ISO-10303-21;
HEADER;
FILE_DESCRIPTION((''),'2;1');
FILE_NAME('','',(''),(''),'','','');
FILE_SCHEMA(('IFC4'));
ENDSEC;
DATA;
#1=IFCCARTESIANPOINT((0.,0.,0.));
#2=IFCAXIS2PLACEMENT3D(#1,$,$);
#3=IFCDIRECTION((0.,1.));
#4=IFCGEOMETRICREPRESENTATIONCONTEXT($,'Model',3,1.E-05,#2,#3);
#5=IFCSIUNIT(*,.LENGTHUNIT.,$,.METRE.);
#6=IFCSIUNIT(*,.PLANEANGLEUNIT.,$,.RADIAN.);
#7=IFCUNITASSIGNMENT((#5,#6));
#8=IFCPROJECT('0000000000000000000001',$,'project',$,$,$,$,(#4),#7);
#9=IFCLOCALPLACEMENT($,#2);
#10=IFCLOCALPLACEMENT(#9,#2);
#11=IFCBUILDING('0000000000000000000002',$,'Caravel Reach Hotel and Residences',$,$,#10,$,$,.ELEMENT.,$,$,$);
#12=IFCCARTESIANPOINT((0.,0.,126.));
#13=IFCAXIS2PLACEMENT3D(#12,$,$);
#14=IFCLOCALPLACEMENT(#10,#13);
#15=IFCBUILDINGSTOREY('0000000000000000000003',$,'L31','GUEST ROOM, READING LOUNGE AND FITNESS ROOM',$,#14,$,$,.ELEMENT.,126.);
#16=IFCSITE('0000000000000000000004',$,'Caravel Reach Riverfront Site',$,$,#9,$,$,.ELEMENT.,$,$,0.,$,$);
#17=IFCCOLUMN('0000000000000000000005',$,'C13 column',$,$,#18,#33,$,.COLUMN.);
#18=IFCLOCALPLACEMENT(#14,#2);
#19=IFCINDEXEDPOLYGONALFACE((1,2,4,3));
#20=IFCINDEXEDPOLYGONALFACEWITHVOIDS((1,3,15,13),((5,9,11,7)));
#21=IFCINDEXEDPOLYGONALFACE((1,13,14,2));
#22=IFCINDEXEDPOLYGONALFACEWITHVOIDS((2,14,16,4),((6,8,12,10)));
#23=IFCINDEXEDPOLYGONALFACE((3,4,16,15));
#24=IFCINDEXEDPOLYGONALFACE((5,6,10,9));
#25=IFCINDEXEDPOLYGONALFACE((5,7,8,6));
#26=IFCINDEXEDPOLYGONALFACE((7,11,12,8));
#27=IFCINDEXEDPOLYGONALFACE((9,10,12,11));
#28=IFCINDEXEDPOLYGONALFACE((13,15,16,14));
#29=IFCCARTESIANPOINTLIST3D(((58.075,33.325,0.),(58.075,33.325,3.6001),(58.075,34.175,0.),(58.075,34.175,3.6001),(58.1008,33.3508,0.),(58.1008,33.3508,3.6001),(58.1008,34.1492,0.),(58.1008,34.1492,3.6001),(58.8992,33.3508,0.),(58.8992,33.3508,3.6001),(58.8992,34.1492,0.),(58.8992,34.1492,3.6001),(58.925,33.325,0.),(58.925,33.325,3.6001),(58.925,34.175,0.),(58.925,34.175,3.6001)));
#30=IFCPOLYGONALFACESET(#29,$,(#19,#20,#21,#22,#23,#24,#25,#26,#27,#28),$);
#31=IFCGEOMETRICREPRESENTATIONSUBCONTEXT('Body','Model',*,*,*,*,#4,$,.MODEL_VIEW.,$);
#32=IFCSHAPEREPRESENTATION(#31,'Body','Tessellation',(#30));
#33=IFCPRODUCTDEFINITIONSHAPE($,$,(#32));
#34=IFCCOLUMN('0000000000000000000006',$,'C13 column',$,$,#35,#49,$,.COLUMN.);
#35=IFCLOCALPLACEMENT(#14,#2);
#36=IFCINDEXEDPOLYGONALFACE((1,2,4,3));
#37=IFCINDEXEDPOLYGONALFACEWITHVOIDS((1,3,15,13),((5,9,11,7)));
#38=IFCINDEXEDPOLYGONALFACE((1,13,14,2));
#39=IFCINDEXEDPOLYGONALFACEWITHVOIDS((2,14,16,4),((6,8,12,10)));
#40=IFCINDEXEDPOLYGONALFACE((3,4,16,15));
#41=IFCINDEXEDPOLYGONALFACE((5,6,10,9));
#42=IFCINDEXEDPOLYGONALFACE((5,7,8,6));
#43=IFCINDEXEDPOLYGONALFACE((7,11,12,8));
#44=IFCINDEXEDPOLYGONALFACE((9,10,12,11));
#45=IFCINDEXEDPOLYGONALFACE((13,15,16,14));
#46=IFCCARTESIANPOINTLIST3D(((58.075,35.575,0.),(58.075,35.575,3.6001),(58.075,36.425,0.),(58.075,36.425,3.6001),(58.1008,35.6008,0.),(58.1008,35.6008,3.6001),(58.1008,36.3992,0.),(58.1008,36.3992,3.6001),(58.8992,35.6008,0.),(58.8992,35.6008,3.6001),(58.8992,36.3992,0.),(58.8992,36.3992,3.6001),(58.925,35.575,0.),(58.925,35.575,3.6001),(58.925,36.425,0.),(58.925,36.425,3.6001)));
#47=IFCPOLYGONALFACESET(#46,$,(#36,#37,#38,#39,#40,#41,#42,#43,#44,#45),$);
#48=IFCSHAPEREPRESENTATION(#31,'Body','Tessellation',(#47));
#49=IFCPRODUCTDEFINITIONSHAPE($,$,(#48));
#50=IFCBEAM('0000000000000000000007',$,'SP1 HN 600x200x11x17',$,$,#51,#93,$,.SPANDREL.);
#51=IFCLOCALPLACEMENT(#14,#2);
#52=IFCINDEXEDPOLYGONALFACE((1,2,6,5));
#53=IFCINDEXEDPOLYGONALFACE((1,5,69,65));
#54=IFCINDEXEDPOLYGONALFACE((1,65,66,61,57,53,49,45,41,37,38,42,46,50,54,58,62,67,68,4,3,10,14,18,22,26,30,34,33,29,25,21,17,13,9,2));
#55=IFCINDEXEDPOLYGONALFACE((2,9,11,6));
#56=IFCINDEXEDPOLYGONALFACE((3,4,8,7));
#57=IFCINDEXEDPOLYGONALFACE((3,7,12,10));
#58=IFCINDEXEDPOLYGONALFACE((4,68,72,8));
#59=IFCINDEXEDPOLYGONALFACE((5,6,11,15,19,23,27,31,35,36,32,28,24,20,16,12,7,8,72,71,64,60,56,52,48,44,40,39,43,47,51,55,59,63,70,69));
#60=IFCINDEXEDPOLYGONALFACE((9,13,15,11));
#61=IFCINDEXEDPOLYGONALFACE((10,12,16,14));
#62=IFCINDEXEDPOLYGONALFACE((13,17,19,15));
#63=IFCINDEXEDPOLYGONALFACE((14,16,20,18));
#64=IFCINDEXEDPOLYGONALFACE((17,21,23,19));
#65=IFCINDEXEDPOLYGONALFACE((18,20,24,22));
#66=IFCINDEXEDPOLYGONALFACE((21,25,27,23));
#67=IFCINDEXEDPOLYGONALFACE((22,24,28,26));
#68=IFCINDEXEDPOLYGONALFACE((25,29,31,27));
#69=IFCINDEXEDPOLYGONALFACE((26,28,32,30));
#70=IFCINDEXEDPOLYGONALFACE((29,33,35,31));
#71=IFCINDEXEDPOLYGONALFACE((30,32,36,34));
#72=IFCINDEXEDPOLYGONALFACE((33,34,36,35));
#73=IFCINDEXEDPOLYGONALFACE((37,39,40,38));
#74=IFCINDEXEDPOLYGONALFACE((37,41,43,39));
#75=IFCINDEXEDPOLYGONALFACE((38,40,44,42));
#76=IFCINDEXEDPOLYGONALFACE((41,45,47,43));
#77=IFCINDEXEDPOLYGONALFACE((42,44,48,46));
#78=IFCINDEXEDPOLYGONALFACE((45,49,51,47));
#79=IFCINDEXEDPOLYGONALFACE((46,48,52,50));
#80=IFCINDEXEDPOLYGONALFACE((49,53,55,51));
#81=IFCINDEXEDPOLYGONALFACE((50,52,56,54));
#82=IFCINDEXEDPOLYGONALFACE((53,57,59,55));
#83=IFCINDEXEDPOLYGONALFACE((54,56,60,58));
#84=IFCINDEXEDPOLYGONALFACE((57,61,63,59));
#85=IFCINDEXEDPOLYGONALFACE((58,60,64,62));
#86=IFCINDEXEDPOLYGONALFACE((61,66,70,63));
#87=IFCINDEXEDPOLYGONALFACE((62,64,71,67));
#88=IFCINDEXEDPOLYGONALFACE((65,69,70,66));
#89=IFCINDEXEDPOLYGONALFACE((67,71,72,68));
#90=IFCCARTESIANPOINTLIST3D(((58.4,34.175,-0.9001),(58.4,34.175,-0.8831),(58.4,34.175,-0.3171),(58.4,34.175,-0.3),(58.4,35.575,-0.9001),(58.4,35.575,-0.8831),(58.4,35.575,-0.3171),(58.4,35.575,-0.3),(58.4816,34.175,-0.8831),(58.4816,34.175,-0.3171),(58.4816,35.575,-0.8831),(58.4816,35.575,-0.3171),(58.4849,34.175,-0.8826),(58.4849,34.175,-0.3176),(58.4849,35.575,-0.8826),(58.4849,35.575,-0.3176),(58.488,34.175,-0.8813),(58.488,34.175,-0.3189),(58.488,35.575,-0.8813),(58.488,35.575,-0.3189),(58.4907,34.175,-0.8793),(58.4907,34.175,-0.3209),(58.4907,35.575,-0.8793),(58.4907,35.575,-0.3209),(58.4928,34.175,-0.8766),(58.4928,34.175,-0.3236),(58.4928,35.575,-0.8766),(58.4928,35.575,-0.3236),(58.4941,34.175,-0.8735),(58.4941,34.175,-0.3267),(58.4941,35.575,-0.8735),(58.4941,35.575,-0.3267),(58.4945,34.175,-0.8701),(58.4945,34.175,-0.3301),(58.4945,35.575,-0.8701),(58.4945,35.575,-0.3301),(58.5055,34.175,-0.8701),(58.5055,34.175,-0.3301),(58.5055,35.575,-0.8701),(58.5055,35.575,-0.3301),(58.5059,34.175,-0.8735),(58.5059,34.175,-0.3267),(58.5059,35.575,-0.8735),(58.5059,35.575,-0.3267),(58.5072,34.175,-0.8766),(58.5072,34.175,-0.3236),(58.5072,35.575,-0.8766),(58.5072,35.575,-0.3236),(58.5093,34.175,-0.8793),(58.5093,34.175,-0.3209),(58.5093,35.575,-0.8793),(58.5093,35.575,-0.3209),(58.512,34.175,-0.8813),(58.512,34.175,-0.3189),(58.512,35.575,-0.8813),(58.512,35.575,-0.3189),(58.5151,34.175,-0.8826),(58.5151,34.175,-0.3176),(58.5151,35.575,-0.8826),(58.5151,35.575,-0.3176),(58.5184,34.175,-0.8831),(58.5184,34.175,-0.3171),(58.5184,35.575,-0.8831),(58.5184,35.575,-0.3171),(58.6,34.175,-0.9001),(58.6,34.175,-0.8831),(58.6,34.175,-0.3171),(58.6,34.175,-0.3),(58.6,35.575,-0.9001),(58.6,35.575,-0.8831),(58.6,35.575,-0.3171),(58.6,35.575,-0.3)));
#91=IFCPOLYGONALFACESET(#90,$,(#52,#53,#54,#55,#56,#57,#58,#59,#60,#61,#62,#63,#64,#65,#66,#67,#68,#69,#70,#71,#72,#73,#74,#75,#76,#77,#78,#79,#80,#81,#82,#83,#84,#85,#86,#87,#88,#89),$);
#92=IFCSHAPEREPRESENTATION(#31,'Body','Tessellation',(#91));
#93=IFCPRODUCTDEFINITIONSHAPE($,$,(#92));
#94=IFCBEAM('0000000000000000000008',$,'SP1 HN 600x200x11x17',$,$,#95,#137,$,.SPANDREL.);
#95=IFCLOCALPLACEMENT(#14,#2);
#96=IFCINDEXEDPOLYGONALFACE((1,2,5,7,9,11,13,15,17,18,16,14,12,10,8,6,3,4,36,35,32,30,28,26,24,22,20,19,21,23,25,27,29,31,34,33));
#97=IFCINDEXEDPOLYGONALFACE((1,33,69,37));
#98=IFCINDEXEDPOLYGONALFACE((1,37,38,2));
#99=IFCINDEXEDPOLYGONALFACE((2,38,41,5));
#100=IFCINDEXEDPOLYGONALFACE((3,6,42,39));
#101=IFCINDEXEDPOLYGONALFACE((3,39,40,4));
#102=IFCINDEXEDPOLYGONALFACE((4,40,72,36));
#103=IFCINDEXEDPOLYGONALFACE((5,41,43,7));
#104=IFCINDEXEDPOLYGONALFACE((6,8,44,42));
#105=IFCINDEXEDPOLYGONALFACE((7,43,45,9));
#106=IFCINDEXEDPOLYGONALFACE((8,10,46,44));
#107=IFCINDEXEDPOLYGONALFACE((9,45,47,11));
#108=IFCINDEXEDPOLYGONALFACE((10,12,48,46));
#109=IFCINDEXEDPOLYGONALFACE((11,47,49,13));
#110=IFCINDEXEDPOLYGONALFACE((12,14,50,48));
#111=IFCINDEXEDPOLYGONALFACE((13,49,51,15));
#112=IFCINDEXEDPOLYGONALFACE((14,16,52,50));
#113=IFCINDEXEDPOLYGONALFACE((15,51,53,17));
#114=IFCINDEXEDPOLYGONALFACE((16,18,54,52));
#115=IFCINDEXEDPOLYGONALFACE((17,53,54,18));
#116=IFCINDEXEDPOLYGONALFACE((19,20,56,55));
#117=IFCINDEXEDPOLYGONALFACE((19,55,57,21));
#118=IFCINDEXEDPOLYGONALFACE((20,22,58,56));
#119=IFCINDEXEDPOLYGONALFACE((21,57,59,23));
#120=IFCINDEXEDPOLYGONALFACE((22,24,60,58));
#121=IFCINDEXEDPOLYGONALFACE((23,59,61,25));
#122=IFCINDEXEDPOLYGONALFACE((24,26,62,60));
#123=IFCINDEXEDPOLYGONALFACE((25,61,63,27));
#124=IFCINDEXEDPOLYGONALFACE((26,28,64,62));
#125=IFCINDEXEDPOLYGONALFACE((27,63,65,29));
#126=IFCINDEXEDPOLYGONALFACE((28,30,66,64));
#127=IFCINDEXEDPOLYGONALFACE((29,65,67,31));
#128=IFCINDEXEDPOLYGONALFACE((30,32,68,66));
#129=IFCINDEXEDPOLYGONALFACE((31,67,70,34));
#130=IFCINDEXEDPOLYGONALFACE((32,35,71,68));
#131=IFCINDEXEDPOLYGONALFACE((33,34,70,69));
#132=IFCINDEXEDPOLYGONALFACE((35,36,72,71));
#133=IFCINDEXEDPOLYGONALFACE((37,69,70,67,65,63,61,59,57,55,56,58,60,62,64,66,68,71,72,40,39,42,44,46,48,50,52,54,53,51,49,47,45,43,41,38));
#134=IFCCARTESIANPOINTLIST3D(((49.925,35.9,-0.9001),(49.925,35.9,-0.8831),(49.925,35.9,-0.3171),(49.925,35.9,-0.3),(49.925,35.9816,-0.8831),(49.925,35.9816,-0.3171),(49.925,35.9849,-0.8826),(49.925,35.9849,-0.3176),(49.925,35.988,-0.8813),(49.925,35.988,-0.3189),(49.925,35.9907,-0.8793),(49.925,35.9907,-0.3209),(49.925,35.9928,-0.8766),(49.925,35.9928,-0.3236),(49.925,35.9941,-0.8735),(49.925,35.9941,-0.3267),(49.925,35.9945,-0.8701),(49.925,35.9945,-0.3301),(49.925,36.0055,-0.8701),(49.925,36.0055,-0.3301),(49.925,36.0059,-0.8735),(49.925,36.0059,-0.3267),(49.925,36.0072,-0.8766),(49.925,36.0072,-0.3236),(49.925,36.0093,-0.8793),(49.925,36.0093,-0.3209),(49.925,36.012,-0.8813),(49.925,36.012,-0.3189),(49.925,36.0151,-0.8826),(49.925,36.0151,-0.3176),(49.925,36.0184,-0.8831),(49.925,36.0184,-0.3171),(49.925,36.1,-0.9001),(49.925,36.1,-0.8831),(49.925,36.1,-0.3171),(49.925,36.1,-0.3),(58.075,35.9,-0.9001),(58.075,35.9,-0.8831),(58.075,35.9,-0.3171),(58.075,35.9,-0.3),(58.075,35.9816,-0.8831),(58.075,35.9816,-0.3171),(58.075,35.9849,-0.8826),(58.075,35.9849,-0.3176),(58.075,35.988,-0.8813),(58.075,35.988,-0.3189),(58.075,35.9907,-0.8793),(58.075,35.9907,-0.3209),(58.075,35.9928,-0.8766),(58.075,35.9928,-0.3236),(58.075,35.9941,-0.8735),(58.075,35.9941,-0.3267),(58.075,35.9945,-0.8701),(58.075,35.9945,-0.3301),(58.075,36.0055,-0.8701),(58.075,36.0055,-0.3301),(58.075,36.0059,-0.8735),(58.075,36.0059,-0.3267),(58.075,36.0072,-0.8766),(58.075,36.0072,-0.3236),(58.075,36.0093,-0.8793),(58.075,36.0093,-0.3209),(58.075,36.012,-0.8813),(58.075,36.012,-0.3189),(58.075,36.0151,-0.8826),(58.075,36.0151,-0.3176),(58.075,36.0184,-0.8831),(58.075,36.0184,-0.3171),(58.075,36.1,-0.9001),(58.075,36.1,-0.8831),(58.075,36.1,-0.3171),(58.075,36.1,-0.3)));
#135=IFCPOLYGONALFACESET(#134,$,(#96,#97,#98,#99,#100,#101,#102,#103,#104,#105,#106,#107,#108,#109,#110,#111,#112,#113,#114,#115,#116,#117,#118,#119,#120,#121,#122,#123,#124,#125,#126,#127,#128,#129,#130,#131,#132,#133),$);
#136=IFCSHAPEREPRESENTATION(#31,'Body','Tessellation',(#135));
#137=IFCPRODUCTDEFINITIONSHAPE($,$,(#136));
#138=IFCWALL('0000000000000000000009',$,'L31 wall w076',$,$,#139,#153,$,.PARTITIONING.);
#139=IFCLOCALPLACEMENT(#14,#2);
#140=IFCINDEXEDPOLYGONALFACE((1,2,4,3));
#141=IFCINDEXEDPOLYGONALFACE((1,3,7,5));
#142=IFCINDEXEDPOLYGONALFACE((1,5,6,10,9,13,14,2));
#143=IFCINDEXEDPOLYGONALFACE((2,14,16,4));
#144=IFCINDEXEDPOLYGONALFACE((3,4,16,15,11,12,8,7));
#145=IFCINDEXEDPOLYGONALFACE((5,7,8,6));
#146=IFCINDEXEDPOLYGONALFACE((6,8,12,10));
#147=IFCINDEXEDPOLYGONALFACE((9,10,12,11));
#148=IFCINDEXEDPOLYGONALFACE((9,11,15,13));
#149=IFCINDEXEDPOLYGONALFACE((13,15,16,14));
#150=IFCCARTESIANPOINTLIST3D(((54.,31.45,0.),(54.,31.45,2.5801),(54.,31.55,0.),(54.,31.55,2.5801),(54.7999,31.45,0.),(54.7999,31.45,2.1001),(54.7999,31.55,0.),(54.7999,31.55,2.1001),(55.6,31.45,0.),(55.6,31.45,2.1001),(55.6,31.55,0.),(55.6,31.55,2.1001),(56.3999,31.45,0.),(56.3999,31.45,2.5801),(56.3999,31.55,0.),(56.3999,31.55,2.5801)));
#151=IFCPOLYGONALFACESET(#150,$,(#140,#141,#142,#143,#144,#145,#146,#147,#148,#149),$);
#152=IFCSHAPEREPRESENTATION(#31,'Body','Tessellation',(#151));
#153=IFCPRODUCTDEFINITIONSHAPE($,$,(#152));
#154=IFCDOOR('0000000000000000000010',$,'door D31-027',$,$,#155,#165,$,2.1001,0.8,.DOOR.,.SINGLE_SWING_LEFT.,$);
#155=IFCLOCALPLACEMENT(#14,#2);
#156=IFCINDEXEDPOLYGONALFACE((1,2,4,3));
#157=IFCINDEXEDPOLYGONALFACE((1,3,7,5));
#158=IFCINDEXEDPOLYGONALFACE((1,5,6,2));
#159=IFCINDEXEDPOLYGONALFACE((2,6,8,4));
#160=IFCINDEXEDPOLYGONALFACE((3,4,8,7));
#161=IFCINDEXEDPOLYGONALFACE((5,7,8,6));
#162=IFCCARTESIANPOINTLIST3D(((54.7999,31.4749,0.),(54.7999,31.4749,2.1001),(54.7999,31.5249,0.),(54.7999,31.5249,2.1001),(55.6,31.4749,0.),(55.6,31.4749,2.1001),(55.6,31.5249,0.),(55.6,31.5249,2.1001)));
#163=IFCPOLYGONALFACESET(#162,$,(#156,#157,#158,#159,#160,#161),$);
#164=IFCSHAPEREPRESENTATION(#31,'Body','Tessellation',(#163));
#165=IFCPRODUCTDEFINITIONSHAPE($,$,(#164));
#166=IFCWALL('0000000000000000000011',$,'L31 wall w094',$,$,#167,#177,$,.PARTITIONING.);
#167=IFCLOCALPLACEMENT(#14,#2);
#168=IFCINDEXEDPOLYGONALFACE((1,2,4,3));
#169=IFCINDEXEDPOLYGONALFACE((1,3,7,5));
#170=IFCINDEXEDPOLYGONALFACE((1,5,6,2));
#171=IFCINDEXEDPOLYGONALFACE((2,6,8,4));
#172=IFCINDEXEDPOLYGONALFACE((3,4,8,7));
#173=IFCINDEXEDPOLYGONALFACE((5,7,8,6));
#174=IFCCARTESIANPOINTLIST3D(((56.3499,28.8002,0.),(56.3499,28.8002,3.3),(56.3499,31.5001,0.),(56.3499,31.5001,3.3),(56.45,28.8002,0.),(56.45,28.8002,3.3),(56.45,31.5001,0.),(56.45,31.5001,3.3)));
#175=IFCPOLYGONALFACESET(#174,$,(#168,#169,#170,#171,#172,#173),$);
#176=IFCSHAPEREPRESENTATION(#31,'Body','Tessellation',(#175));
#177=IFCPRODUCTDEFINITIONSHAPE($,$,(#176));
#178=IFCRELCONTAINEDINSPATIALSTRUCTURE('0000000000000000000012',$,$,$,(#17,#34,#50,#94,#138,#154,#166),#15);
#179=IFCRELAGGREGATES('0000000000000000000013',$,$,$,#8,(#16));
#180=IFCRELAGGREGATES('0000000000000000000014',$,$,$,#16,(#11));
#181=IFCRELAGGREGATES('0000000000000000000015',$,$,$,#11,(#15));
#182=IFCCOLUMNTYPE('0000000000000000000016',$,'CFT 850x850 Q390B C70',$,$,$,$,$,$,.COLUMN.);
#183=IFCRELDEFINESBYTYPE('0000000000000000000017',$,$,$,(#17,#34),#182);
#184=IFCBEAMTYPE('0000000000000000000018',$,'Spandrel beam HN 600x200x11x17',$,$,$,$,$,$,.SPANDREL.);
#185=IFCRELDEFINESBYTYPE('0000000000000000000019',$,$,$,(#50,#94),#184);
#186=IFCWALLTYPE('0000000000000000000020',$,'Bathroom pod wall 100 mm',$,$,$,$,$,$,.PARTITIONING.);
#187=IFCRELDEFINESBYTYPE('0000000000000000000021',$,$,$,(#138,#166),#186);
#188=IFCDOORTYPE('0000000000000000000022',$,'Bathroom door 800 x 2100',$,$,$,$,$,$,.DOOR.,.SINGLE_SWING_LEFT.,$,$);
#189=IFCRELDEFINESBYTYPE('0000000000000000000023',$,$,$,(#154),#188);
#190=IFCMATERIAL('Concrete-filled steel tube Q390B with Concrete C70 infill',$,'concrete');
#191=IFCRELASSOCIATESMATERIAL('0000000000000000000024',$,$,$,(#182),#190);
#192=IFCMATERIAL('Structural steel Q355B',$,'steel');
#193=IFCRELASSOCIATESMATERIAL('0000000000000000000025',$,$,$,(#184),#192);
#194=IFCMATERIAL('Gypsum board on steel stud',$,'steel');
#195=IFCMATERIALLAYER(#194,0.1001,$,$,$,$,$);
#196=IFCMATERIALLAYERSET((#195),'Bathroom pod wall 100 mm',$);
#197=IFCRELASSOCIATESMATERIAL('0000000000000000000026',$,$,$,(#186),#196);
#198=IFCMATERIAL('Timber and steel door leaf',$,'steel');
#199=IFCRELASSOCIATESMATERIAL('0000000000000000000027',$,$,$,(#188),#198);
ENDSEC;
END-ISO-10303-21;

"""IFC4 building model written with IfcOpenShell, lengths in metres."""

from ifc_helpers import new_model, si_unit, direction, frame, frame_2d, origin, origin_2d, place, context, subcontext, project, spatial, rectangle, hollow_rectangle, i_section, extrude, material, layer, layer_set, material_profile, profile_set, type_object, element, fill, save


model = new_model("IFC4")

# Units and contexts
model_context = context("Model", 3, precision=1e-05, world=origin(), true_north=direction((0.0, 1.0)))
body_context = subcontext(model_context, "Body", "Model", "MODEL_VIEW")
ifc_project = project(units=[si_unit("LENGTHUNIT", "METRE"), si_unit("PLANEANGLEUNIT", "RADIAN")], contexts=[model_context])

# Site, building, storey
site_placement = place(None, origin())
site = spatial("IfcSite", under=ifc_project, at=site_placement, Name="Caravel Reach Riverfront Site", CompositionType="ELEMENT", RefElevation=0.0)
building_placement = place(site_placement, origin())
building = spatial("IfcBuilding", under=site, at=building_placement, Name="Caravel Reach Hotel and Residences", CompositionType="ELEMENT")
storey_placement = place(building_placement, frame((0.0, 0.0, 126.0)))
storey = spatial("IfcBuildingStorey", under=building, at=storey_placement, Name="L31", Description="GUEST ROOM, READING LOUNGE AND FITNESS ROOM", CompositionType="ELEMENT", Elevation=126.0)

# Columns
ifc_material_1 = material(Name="Concrete-filled steel tube Q390B with Concrete C70 infill", Category="concrete")
ifc_material_profile_1 = material_profile(ifc_material_1, hollow_rectangle(XDim=0.8501, YDim=0.8501, WallThickness=0.0259, at=origin_2d()), Name="RHS 850x850x26")
ifc_profile_set_1 = profile_set([ifc_material_profile_1], Name="Concrete-filled steel tube Q390B with Concrete C70 infill")
column_type = type_object("IfcColumnType", Name="CFT 850x850 Q390B C70", PredefinedType="COLUMN", material=ifc_profile_set_1)
for number, where, z_axis, x_axis, name in (
    (1, (58.5, 33.75, 0.0), (0.0, 0.0, 1.0), (1.0, 0.0, 0.0), "C13 column"),
    (2, (58.5, 36.0, 0.0), (0.0, 0.0, 1.0), (1.0, 0.0, 0.0), "C13 column"),
):
    element("IfcColumn", number, at=place(storey_placement, frame(where, z_axis=z_axis, x_axis=x_axis)), inside=storey, type_object=column_type, Name=name, PredefinedType="COLUMN", context=body_context, shape_type="SweptSolid", body=[
        extrude(hollow_rectangle(XDim=0.8501, YDim=0.8501, WallThickness=0.0259, at=origin_2d()), origin(), (0.0, 0.0, 1.0), 3.6001),
    ])

# Beams
ifc_material_2 = material(Name="Structural steel Q355B", Category="steel")
ifc_material_profile_2 = material_profile(ifc_material_2, i_section(OverallWidth=0.2, OverallDepth=0.6001, WebThickness=0.011, FlangeThickness=0.0171, FilletRadius=0.0129, at=origin_2d()), Name="HN 600x200x11x17")
ifc_profile_set_2 = profile_set([ifc_material_profile_2], Name="Structural steel Q355B")
beam_type = type_object("IfcBeamType", Name="Spandrel beam HN 600x200x11x17", PredefinedType="SPANDREL", material=ifc_profile_set_2)
beam_1_placement = place(storey_placement, frame((58.5, 34.175, -0.6001), z_axis=(0.0, 1.0, 0.0), x_axis=(-1.0, 0.0, 0.0)))
element("IfcBeam", 3, at=beam_1_placement, inside=storey, type_object=beam_type, Name="SP1 HN 600x200x11x17", PredefinedType="SPANDREL", context=body_context, shape_type="SweptSolid", body=[
    extrude(i_section(OverallWidth=0.2, OverallDepth=0.6001, WebThickness=0.011, FlangeThickness=0.0171, FilletRadius=0.0129, at=origin_2d()), origin(), (0.0, 0.0, 1.0), 1.3999),
])
beam_2_placement = place(storey_placement, frame((58.075, 36.0, -0.6001), z_axis=(-1.0, 0.0, 0.0), x_axis=(0.0, -1.0, 0.0)))
element("IfcBeam", 4, at=beam_2_placement, inside=storey, type_object=beam_type, Name="SP1 HN 600x200x11x17", PredefinedType="SPANDREL", context=body_context, shape_type="SweptSolid", body=[
    extrude(i_section(OverallWidth=0.2, OverallDepth=0.6001, WebThickness=0.011, FlangeThickness=0.0171, FilletRadius=0.0129, at=origin_2d()), origin(), (0.0, 0.0, 1.0), 8.1499),
])

# Wall, opening, door
ifc_material_3 = material(Name="Gypsum board on steel stud", Category="steel")
ifc_layer_1 = layer(ifc_material_3, 0.1001)
ifc_layer_set_1 = layer_set([ifc_layer_1], Name="Bathroom pod wall 100 mm")
wall_type_1 = type_object("IfcWallType", Name="Bathroom pod wall 100 mm", PredefinedType="PARTITIONING", material=ifc_layer_set_1)
wall_1_placement = place(storey_placement, frame((54.0, 31.5, 0.0), z_axis=(0.0, 0.0, 1.0), x_axis=(1.0, 0.0, 0.0)))
wall_1 = element("IfcWall", 5, at=wall_1_placement, inside=storey, type_object=wall_type_1, Name="L31 wall w076", PredefinedType="PARTITIONING", context=body_context, shape_type="SweptSolid", body=[
    extrude(rectangle(XDim=2.3999, YDim=0.1001, at=frame_2d((1.2, 0.0))), origin(), (0.0, 0.0, 1.0), 2.5801),
])
opening_1_placement = place(wall_1_placement, frame((0.8, 0.0, 0.0)))
opening_1 = element("IfcOpeningElement", 6, at=opening_1_placement, cuts=wall_1, PredefinedType="OPENING", context=body_context, shape_type="SweptSolid", body=[
    extrude(rectangle(XDim=0.8, YDim=2.1001, at=frame_2d((0.3999, 1.05))), frame((0.0, 0.0601, 0.0), z_axis=(0.0, -1.0, 0.0), x_axis=(1.0, 0.0, 0.0)), (0.0, 0.0, 1.0), 0.1201),
])
ifc_material_4 = material(Name="Timber and steel door leaf", Category="steel")
door_type_1 = type_object("IfcDoorType", Name="Bathroom door 800 x 2100", OperationType="SINGLE_SWING_LEFT", PredefinedType="DOOR", material=ifc_material_4)
door_1_placement = place(opening_1_placement, origin())
door_1 = element("IfcDoor", 7, at=door_1_placement, inside=storey, type_object=door_type_1, Name="door D31-027", OperationType="SINGLE_SWING_LEFT", OverallHeight=2.1001, OverallWidth=0.8, PredefinedType="DOOR", context=body_context, shape_type="SweptSolid", body=[
    extrude(rectangle(XDim=0.8, YDim=2.1001, at=frame_2d((0.3999, 1.05))), frame((0.0, 0.0249, 0.0), z_axis=(0.0, -1.0, 0.0), x_axis=(1.0, 0.0, 0.0)), (0.0, 0.0, 1.0), 0.05),
])
fill(opening_1, door_1)

# Wall
wall_2_placement = place(storey_placement, frame((56.3999, 28.8, 0.0), z_axis=(0.0, 0.0, 1.0), x_axis=(0.0, 1.0, 0.0)))
element("IfcWall", 8, at=wall_2_placement, inside=storey, type_object=wall_type_1, Name="L31 wall w094", PredefinedType="PARTITIONING", context=body_context, shape_type="SweptSolid", body=[
    extrude(rectangle(XDim=2.7, YDim=0.1001, at=frame_2d((1.3501, 0.0))), origin(), (0.0, 0.0, 1.0), 3.3),
])

save(model, "model.ifc")
